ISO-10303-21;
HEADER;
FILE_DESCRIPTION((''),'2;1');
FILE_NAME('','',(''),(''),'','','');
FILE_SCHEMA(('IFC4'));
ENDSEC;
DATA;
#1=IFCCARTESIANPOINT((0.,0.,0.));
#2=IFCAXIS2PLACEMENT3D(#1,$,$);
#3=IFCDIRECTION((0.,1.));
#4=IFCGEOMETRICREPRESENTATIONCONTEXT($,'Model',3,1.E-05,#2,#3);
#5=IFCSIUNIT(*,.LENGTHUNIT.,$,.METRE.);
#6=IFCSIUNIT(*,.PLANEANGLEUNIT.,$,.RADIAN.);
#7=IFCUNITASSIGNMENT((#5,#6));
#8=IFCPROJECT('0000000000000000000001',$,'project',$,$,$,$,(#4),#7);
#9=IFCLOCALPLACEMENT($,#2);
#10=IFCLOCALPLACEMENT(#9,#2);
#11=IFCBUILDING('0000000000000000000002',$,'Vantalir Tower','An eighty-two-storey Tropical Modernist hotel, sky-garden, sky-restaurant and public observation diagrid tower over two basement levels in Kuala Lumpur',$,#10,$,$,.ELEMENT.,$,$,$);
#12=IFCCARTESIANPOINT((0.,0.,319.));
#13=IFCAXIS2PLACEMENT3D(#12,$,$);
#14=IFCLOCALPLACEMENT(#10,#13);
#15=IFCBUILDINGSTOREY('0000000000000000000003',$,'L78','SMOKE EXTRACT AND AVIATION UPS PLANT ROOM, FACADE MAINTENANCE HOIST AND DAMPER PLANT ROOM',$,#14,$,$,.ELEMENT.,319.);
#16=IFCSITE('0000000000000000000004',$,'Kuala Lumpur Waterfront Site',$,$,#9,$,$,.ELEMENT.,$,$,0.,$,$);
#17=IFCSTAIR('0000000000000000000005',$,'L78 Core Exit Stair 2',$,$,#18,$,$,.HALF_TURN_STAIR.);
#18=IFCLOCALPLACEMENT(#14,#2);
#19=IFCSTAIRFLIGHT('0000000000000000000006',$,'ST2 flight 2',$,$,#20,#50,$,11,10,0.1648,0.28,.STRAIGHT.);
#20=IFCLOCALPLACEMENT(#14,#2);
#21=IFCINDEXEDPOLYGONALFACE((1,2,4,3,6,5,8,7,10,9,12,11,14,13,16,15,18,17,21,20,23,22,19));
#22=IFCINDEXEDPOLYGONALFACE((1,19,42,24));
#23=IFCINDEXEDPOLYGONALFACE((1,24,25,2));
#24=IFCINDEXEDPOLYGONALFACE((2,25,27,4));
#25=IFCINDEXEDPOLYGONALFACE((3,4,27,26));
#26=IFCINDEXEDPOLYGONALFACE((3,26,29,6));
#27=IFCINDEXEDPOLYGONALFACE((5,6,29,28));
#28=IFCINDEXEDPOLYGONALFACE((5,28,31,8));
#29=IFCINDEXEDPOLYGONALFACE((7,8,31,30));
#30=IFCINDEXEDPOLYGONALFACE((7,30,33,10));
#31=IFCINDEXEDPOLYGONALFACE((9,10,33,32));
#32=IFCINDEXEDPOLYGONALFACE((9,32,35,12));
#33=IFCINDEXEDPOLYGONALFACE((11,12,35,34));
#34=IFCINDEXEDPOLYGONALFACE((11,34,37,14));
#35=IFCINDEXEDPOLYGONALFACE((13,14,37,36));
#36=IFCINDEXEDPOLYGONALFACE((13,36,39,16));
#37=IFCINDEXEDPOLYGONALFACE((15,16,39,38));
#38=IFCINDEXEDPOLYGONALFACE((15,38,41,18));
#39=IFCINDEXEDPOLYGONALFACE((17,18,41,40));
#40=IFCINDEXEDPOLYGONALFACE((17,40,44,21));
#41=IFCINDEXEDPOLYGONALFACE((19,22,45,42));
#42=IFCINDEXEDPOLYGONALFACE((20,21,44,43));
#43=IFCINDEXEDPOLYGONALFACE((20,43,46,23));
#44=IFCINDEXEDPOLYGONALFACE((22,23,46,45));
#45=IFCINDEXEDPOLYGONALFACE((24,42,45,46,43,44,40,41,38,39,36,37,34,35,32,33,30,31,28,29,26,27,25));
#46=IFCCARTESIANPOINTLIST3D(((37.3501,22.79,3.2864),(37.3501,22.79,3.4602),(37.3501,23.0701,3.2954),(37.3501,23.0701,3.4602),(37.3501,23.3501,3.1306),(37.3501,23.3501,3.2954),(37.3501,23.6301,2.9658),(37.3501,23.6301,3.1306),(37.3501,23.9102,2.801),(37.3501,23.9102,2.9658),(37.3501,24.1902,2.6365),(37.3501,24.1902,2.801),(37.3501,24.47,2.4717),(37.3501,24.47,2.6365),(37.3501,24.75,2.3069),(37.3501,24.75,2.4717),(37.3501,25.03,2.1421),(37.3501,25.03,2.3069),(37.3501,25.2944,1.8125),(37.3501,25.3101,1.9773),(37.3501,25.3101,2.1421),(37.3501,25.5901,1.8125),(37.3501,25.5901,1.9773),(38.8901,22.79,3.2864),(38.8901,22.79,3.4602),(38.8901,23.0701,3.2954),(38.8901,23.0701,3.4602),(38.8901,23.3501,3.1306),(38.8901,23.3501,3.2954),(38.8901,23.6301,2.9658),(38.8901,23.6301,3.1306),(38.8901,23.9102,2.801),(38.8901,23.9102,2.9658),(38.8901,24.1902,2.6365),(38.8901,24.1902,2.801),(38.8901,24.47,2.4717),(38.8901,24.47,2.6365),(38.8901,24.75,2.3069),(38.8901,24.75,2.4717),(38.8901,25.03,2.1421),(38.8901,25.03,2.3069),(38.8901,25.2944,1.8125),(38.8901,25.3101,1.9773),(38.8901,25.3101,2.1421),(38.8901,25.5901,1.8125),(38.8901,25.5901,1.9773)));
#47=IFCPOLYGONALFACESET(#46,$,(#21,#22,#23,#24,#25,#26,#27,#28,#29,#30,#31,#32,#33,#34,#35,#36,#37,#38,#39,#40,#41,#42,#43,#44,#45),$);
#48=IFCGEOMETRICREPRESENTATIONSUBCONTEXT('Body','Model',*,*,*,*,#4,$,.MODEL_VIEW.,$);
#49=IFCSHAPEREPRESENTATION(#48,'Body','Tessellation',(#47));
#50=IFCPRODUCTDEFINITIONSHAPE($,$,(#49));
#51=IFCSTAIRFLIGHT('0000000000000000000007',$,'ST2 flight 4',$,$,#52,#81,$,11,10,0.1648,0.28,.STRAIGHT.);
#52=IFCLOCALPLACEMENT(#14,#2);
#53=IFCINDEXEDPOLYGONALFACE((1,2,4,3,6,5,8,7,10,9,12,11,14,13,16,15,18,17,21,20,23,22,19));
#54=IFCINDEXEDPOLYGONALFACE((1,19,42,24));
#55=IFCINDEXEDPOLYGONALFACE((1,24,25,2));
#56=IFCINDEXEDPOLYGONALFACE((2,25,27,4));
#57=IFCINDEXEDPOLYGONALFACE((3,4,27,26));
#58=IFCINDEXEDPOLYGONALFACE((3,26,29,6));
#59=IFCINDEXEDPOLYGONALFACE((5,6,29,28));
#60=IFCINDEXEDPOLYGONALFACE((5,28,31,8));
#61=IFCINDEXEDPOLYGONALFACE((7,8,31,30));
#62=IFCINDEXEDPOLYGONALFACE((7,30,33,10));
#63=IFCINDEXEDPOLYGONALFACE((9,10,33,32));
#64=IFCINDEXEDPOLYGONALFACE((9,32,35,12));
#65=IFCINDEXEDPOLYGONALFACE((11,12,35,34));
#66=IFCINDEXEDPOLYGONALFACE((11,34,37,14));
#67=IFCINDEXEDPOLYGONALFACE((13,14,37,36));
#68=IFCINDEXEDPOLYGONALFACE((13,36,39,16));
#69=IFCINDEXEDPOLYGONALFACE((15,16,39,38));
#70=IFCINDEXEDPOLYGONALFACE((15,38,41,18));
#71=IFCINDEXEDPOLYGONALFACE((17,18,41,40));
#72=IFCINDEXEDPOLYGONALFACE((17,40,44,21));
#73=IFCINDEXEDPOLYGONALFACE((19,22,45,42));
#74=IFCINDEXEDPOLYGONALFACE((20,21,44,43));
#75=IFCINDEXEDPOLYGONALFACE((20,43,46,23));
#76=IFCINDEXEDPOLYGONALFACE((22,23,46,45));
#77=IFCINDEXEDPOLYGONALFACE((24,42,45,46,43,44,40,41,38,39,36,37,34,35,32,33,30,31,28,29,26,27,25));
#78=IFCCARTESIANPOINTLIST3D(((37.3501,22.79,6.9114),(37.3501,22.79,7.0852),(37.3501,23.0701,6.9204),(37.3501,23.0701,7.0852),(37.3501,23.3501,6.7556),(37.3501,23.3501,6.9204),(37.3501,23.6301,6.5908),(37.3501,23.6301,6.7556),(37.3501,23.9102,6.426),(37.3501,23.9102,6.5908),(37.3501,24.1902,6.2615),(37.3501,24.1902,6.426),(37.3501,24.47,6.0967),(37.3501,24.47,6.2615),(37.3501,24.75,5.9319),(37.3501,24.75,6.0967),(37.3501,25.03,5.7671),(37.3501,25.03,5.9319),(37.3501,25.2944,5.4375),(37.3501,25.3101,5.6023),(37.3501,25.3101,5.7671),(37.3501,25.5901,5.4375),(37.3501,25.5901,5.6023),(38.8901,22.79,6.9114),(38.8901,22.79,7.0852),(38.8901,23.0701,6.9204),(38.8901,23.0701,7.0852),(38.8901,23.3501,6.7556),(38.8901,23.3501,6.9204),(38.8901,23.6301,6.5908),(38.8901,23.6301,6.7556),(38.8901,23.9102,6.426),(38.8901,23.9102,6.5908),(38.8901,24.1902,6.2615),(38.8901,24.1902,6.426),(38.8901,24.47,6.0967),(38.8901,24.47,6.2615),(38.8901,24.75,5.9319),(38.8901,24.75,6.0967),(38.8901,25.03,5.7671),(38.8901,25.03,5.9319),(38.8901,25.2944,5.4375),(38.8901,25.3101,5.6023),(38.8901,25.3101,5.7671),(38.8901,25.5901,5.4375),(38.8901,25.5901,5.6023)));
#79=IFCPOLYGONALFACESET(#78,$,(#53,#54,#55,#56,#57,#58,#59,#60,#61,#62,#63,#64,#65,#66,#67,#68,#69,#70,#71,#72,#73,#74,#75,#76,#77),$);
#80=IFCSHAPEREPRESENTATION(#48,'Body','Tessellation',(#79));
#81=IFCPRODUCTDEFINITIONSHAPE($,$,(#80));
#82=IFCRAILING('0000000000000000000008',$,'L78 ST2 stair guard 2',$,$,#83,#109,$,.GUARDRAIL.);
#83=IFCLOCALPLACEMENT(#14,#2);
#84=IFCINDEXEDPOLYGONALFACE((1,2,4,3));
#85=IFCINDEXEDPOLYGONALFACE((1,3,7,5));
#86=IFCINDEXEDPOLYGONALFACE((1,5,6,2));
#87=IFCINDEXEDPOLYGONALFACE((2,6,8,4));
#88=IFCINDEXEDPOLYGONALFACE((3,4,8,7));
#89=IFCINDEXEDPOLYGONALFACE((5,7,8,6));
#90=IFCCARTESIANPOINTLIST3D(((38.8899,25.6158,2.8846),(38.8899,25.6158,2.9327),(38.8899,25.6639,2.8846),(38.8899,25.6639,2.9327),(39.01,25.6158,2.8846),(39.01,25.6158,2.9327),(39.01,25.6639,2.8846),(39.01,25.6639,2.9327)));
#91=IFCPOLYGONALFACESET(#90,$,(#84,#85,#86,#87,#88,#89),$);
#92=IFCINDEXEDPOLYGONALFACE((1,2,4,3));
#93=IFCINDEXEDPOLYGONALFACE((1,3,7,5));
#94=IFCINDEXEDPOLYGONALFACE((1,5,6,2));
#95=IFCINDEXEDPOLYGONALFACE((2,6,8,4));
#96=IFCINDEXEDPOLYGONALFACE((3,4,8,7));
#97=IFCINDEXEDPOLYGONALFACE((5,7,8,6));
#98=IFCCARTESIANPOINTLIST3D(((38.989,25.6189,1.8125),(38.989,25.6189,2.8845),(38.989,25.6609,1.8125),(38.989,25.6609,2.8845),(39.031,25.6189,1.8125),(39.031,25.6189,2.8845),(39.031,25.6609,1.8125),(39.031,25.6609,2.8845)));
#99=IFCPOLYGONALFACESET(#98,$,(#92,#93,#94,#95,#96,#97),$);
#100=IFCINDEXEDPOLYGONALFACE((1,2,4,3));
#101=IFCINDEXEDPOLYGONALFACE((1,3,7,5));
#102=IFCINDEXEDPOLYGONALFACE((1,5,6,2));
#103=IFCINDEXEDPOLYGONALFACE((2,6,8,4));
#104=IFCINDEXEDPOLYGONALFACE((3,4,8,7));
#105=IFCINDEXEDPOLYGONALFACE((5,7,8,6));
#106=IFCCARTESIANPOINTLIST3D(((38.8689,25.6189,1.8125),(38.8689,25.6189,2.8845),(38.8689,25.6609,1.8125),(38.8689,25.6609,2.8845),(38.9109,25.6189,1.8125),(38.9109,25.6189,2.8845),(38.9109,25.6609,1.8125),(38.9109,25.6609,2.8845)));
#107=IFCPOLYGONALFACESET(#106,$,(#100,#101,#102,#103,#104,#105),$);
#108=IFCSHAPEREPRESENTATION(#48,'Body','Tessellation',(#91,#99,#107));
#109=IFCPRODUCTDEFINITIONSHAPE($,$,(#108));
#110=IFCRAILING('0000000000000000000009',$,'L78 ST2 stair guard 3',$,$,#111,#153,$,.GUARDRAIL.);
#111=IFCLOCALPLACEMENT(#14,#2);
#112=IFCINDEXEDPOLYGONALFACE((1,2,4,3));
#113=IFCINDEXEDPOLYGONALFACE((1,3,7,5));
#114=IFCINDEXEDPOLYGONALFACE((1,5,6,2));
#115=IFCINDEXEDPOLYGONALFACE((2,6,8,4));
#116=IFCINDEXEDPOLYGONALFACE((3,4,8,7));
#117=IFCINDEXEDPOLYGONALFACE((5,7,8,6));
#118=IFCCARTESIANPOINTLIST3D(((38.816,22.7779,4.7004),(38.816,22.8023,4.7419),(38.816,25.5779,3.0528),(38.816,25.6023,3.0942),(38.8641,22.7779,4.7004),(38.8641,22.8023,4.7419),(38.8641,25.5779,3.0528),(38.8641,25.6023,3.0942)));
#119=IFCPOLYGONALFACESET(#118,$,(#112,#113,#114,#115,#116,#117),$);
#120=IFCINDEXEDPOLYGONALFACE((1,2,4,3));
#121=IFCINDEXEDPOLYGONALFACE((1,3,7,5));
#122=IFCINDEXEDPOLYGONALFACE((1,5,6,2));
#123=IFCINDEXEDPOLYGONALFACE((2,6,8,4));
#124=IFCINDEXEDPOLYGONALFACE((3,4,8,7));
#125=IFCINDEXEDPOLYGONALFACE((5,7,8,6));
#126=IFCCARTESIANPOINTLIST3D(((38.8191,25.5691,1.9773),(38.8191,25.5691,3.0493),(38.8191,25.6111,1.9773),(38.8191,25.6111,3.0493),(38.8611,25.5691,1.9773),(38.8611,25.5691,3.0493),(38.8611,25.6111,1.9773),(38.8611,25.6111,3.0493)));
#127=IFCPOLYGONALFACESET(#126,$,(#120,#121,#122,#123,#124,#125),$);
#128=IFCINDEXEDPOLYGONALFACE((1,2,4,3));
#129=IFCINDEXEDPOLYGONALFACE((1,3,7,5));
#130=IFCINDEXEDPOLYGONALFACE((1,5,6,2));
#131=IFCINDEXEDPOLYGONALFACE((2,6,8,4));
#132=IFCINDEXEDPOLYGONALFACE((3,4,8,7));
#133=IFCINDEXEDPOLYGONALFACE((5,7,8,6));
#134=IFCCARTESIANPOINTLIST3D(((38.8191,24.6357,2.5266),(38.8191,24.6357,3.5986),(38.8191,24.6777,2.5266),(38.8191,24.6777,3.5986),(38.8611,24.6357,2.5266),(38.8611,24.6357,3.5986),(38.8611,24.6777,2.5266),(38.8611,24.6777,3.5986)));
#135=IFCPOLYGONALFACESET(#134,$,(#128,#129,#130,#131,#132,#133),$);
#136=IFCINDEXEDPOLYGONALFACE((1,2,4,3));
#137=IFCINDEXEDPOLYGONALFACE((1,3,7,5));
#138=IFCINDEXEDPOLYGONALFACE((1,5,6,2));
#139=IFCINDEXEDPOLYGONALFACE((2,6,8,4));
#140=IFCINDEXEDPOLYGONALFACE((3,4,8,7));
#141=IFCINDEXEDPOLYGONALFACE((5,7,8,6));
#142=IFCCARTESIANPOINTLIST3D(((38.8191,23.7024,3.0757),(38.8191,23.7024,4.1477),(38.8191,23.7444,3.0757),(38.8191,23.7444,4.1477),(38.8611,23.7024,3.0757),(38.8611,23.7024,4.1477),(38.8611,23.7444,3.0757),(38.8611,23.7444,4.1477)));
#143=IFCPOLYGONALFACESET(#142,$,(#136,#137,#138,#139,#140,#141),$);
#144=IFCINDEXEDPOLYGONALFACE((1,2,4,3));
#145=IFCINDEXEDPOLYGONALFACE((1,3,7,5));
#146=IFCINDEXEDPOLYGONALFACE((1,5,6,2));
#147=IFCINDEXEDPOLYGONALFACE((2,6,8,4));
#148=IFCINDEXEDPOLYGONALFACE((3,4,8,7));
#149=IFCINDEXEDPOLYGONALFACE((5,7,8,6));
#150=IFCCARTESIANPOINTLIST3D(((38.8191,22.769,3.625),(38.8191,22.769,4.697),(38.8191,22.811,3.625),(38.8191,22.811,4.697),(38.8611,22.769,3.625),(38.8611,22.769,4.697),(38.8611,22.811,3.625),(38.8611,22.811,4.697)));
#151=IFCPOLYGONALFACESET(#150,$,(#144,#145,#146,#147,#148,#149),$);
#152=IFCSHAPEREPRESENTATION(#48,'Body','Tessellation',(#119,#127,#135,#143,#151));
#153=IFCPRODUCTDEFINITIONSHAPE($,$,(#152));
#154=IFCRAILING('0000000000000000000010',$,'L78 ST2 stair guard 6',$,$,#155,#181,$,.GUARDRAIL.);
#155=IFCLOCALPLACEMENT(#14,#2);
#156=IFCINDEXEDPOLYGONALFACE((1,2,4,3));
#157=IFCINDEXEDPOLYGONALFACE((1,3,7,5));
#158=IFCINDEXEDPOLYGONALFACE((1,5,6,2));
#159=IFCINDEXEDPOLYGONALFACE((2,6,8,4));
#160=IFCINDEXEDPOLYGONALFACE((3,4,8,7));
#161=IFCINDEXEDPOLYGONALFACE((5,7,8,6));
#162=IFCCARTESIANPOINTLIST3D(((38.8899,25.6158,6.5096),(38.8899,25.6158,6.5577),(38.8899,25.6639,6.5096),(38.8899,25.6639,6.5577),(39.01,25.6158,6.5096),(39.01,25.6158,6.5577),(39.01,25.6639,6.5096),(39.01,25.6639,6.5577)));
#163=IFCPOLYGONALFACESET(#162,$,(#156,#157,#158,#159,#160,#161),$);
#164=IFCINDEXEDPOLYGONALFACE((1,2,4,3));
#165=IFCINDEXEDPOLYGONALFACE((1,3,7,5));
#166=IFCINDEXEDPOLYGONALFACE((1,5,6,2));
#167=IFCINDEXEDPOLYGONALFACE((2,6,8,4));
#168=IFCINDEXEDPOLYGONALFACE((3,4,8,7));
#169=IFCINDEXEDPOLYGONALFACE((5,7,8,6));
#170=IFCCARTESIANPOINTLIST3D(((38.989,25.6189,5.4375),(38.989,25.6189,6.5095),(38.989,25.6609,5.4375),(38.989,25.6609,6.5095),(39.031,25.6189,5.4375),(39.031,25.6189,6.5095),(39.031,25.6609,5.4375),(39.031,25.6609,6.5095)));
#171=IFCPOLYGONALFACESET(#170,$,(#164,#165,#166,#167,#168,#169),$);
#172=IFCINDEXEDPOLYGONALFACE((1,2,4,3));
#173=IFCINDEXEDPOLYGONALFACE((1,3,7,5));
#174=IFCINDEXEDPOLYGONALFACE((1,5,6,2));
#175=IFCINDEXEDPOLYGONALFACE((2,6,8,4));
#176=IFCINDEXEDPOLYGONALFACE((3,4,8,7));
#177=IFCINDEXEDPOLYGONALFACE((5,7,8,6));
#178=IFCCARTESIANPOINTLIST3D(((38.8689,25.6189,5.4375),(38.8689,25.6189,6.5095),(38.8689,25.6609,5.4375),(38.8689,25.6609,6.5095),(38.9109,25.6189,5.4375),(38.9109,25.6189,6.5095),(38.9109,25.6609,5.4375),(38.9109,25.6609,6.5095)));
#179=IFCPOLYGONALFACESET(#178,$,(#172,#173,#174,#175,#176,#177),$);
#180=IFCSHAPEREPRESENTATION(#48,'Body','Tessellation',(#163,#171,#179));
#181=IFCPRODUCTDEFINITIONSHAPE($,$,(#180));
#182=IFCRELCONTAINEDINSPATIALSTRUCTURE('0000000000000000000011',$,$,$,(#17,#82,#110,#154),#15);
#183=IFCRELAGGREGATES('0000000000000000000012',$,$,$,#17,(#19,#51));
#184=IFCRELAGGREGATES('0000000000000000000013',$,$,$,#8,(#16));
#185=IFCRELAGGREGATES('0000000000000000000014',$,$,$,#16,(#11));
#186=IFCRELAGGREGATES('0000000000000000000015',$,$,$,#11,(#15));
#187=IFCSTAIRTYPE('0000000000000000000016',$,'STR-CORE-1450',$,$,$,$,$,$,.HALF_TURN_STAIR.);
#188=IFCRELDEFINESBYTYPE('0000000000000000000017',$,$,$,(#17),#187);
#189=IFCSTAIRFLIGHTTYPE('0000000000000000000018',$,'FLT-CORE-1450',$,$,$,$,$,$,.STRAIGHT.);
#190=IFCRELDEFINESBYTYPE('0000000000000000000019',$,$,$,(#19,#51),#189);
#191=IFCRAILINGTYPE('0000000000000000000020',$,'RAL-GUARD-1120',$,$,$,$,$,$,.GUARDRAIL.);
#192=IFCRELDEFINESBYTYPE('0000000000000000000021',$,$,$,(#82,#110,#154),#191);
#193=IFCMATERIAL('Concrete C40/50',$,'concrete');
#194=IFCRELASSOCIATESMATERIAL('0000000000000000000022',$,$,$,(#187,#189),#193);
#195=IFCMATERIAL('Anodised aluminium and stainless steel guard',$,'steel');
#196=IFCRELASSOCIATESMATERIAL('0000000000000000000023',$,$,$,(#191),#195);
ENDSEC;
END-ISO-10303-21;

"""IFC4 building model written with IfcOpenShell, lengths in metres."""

from ifc_helpers import new_model, si_unit, direction, frame, origin, origin_2d, place, context, subcontext, project, spatial, polyline, rectangle, outline, extrude, material, type_object, element, aggregate, save


model = new_model("IFC4")

# Units and contexts
model_context = context("Model", 3, precision=1e-05, world=origin(), true_north=direction((0.0, 1.0)))
body_context = subcontext(model_context, "Body", "Model", "MODEL_VIEW")
ifc_project = project(units=[si_unit("LENGTHUNIT", "METRE"), si_unit("PLANEANGLEUNIT", "RADIAN")], contexts=[model_context])

# Site, building, storey
site_placement = place(None, origin())
site = spatial("IfcSite", under=ifc_project, at=site_placement, Name="Kuala Lumpur Waterfront Site", CompositionType="ELEMENT", RefElevation=0.0)
building_placement = place(site_placement, origin())
building = spatial("IfcBuilding", under=site, at=building_placement, Name="Vantalir Tower", Description="An eighty-two-storey Tropical Modernist hotel, sky-garden, sky-restaurant and public observation diagrid tower over two basement levels in Kuala Lumpur", CompositionType="ELEMENT")
storey_placement = place(building_placement, frame((0.0, 0.0, 319.0)))
storey = spatial("IfcBuildingStorey", under=building, at=storey_placement, Name="L78", Description="SMOKE EXTRACT AND AVIATION UPS PLANT ROOM, FACADE MAINTENANCE HOIST AND DAMPER PLANT ROOM", CompositionType="ELEMENT", Elevation=319.0)

# Stair, stair flights
ifc_material_1 = material(Name="Concrete C40/50", Category="concrete")
stair_type = type_object("IfcStairType", Name="STR-CORE-1450", PredefinedType="HALF_TURN_STAIR", material=ifc_material_1)
stair_placement = place(storey_placement, origin())
stair = element("IfcStair", 1, at=stair_placement, inside=storey, type_object=stair_type, Name="L78 Core Exit Stair 2", PredefinedType="HALF_TURN_STAIR")
stair_flight_type = type_object("IfcStairFlightType", Name="FLT-CORE-1450", PredefinedType="STRAIGHT", material=ifc_material_1)
stair_flight_1_placement = place(storey_placement, frame((38.1201, 25.5901, 1.8125), z_axis=(0.0, 0.0, 1.0), x_axis=(0.0, -1.0, 0.0)))
stair_flight_1 = element("IfcStairFlight", 2, at=stair_flight_1_placement, type_object=stair_flight_type, Name="ST2 flight 2", NumberOfRisers=11, NumberOfTreads=10, PredefinedType="STRAIGHT", RiserHeight=0.1648, TreadLength=0.28, context=body_context, shape_type="SweptSolid", body=[
    extrude(outline(polyline([(0.0, 0.0), (0.0, 0.1648), (0.28, 0.1648), (0.28, 0.3296), (0.5601, 0.3296), (0.5601, 0.4944), (0.8401, 0.4944), (0.8401, 0.6592), (1.1201, 0.6592), (1.1201, 0.824), (1.3999, 0.824), (1.3999, 0.9885), (1.6799, 0.9885), (1.6799, 1.1533), (1.96, 1.1533), (1.96, 1.3181), (2.24, 1.3181), (2.24, 1.4829), (2.52, 1.4829), (2.52, 1.6477), (2.8, 1.6477), (2.8, 1.8125), (2.8, 1.4739), (0.2957, 0.0), (0.0, 0.0)])), frame((0.0, 0.77, 0.0), z_axis=(0.0, -1.0, 0.0), x_axis=(1.0, 0.0, 0.0)), (0.0, 0.0, 1.0), 1.54),
])
stair_flight_2_placement = place(storey_placement, frame((38.1201, 25.5901, 5.4375), z_axis=(0.0, 0.0, 1.0), x_axis=(0.0, -1.0, 0.0)))
stair_flight_2 = element("IfcStairFlight", 3, at=stair_flight_2_placement, type_object=stair_flight_type, Name="ST2 flight 4", NumberOfRisers=11, NumberOfTreads=10, PredefinedType="STRAIGHT", RiserHeight=0.1648, TreadLength=0.28, context=body_context, shape_type="SweptSolid", body=[
    extrude(outline(polyline([(0.0, 0.0), (0.0, 0.1648), (0.28, 0.1648), (0.28, 0.3296), (0.5601, 0.3296), (0.5601, 0.4944), (0.8401, 0.4944), (0.8401, 0.6592), (1.1201, 0.6592), (1.1201, 0.824), (1.3999, 0.824), (1.3999, 0.9885), (1.6799, 0.9885), (1.6799, 1.1533), (1.96, 1.1533), (1.96, 1.3181), (2.24, 1.3181), (2.24, 1.4829), (2.52, 1.4829), (2.52, 1.6477), (2.8, 1.6477), (2.8, 1.8125), (2.8, 1.4739), (0.2957, 0.0), (0.0, 0.0)])), frame((0.0, 0.77, 0.0), z_axis=(0.0, -1.0, 0.0), x_axis=(1.0, 0.0, 0.0)), (0.0, 0.0, 1.0), 1.54),
])
aggregate(stair, [stair_flight_1, stair_flight_2])

# Railings
ifc_material_2 = material(Name="Anodised aluminium and stainless steel guard", Category="steel")
railing_type_1 = type_object("IfcRailingType", Name="RAL-GUARD-1120", PredefinedType="GUARDRAIL", material=ifc_material_2)
railing_1_placement = place(storey_placement, frame((39.01, 25.6399, 1.8125)))
element("IfcRailing", 4, at=railing_1_placement, inside=storey, type_object=railing_type_1, Name="L78 ST2 stair guard 2", PredefinedType="GUARDRAIL", context=body_context, shape_type="SweptSolid", body=[
    extrude(rectangle(XDim=0.0481, YDim=0.0481, at=origin_2d()), frame((0.0, 0.0, 1.0962), z_axis=(-1.0, 0.0, 0.0), x_axis=(0.0, -1.0, 0.0)), (0.0, 0.0, 1.0), 0.1201),
    extrude(rectangle(XDim=0.042, YDim=0.042, at=origin_2d()), origin(), (0.0, 0.0, 1.0), 1.072),
    extrude(rectangle(XDim=0.042, YDim=0.042, at=origin_2d()), frame((-0.1201, 0.0, 0.0)), (0.0, 0.0, 1.0), 1.072),
])
railing_2_placement = place(storey_placement, frame((38.8401, 25.5901, 1.9773)))
element("IfcRailing", 5, at=railing_2_placement, inside=storey, type_object=railing_type_1, Name="L78 ST2 stair guard 3", PredefinedType="GUARDRAIL", context=body_context, shape_type="SweptSolid", body=[
    extrude(rectangle(XDim=0.0481, YDim=0.0481, at=origin_2d()), frame((0.0, 0.0, 1.0962), z_axis=(0.0, -0.861851, 0.507161), x_axis=(1.0, 0.0, 0.0)), (0.0, 0.0, 1.0), 3.2488),
    extrude(rectangle(XDim=0.042, YDim=0.042, at=origin_2d()), origin(), (0.0, 0.0, 1.0), 1.072),
    extrude(rectangle(XDim=0.042, YDim=0.042, at=origin_2d()), frame((0.0, -0.9333, 0.5493)), (0.0, 0.0, 1.0), 1.072),
    extrude(rectangle(XDim=0.042, YDim=0.042, at=origin_2d()), frame((0.0, -1.8667, 1.0984)), (0.0, 0.0, 1.0), 1.072),
    extrude(rectangle(XDim=0.042, YDim=0.042, at=origin_2d()), frame((0.0, -2.8, 1.6477)), (0.0, 0.0, 1.0), 1.072),
])
railing_3_placement = place(storey_placement, frame((39.01, 25.6399, 5.4375)))
element("IfcRailing", 6, at=railing_3_placement, inside=storey, type_object=railing_type_1, Name="L78 ST2 stair guard 6", PredefinedType="GUARDRAIL", context=body_context, shape_type="SweptSolid", body=[
    extrude(rectangle(XDim=0.0481, YDim=0.0481, at=origin_2d()), frame((0.0, 0.0, 1.0962), z_axis=(-1.0, 0.0, 0.0), x_axis=(0.0, -1.0, 0.0)), (0.0, 0.0, 1.0), 0.1201),
    extrude(rectangle(XDim=0.042, YDim=0.042, at=origin_2d()), origin(), (0.0, 0.0, 1.0), 1.072),
    extrude(rectangle(XDim=0.042, YDim=0.042, at=origin_2d()), frame((-0.1201, 0.0, 0.0)), (0.0, 0.0, 1.0), 1.072),
])

save(model, "model.ifc")
